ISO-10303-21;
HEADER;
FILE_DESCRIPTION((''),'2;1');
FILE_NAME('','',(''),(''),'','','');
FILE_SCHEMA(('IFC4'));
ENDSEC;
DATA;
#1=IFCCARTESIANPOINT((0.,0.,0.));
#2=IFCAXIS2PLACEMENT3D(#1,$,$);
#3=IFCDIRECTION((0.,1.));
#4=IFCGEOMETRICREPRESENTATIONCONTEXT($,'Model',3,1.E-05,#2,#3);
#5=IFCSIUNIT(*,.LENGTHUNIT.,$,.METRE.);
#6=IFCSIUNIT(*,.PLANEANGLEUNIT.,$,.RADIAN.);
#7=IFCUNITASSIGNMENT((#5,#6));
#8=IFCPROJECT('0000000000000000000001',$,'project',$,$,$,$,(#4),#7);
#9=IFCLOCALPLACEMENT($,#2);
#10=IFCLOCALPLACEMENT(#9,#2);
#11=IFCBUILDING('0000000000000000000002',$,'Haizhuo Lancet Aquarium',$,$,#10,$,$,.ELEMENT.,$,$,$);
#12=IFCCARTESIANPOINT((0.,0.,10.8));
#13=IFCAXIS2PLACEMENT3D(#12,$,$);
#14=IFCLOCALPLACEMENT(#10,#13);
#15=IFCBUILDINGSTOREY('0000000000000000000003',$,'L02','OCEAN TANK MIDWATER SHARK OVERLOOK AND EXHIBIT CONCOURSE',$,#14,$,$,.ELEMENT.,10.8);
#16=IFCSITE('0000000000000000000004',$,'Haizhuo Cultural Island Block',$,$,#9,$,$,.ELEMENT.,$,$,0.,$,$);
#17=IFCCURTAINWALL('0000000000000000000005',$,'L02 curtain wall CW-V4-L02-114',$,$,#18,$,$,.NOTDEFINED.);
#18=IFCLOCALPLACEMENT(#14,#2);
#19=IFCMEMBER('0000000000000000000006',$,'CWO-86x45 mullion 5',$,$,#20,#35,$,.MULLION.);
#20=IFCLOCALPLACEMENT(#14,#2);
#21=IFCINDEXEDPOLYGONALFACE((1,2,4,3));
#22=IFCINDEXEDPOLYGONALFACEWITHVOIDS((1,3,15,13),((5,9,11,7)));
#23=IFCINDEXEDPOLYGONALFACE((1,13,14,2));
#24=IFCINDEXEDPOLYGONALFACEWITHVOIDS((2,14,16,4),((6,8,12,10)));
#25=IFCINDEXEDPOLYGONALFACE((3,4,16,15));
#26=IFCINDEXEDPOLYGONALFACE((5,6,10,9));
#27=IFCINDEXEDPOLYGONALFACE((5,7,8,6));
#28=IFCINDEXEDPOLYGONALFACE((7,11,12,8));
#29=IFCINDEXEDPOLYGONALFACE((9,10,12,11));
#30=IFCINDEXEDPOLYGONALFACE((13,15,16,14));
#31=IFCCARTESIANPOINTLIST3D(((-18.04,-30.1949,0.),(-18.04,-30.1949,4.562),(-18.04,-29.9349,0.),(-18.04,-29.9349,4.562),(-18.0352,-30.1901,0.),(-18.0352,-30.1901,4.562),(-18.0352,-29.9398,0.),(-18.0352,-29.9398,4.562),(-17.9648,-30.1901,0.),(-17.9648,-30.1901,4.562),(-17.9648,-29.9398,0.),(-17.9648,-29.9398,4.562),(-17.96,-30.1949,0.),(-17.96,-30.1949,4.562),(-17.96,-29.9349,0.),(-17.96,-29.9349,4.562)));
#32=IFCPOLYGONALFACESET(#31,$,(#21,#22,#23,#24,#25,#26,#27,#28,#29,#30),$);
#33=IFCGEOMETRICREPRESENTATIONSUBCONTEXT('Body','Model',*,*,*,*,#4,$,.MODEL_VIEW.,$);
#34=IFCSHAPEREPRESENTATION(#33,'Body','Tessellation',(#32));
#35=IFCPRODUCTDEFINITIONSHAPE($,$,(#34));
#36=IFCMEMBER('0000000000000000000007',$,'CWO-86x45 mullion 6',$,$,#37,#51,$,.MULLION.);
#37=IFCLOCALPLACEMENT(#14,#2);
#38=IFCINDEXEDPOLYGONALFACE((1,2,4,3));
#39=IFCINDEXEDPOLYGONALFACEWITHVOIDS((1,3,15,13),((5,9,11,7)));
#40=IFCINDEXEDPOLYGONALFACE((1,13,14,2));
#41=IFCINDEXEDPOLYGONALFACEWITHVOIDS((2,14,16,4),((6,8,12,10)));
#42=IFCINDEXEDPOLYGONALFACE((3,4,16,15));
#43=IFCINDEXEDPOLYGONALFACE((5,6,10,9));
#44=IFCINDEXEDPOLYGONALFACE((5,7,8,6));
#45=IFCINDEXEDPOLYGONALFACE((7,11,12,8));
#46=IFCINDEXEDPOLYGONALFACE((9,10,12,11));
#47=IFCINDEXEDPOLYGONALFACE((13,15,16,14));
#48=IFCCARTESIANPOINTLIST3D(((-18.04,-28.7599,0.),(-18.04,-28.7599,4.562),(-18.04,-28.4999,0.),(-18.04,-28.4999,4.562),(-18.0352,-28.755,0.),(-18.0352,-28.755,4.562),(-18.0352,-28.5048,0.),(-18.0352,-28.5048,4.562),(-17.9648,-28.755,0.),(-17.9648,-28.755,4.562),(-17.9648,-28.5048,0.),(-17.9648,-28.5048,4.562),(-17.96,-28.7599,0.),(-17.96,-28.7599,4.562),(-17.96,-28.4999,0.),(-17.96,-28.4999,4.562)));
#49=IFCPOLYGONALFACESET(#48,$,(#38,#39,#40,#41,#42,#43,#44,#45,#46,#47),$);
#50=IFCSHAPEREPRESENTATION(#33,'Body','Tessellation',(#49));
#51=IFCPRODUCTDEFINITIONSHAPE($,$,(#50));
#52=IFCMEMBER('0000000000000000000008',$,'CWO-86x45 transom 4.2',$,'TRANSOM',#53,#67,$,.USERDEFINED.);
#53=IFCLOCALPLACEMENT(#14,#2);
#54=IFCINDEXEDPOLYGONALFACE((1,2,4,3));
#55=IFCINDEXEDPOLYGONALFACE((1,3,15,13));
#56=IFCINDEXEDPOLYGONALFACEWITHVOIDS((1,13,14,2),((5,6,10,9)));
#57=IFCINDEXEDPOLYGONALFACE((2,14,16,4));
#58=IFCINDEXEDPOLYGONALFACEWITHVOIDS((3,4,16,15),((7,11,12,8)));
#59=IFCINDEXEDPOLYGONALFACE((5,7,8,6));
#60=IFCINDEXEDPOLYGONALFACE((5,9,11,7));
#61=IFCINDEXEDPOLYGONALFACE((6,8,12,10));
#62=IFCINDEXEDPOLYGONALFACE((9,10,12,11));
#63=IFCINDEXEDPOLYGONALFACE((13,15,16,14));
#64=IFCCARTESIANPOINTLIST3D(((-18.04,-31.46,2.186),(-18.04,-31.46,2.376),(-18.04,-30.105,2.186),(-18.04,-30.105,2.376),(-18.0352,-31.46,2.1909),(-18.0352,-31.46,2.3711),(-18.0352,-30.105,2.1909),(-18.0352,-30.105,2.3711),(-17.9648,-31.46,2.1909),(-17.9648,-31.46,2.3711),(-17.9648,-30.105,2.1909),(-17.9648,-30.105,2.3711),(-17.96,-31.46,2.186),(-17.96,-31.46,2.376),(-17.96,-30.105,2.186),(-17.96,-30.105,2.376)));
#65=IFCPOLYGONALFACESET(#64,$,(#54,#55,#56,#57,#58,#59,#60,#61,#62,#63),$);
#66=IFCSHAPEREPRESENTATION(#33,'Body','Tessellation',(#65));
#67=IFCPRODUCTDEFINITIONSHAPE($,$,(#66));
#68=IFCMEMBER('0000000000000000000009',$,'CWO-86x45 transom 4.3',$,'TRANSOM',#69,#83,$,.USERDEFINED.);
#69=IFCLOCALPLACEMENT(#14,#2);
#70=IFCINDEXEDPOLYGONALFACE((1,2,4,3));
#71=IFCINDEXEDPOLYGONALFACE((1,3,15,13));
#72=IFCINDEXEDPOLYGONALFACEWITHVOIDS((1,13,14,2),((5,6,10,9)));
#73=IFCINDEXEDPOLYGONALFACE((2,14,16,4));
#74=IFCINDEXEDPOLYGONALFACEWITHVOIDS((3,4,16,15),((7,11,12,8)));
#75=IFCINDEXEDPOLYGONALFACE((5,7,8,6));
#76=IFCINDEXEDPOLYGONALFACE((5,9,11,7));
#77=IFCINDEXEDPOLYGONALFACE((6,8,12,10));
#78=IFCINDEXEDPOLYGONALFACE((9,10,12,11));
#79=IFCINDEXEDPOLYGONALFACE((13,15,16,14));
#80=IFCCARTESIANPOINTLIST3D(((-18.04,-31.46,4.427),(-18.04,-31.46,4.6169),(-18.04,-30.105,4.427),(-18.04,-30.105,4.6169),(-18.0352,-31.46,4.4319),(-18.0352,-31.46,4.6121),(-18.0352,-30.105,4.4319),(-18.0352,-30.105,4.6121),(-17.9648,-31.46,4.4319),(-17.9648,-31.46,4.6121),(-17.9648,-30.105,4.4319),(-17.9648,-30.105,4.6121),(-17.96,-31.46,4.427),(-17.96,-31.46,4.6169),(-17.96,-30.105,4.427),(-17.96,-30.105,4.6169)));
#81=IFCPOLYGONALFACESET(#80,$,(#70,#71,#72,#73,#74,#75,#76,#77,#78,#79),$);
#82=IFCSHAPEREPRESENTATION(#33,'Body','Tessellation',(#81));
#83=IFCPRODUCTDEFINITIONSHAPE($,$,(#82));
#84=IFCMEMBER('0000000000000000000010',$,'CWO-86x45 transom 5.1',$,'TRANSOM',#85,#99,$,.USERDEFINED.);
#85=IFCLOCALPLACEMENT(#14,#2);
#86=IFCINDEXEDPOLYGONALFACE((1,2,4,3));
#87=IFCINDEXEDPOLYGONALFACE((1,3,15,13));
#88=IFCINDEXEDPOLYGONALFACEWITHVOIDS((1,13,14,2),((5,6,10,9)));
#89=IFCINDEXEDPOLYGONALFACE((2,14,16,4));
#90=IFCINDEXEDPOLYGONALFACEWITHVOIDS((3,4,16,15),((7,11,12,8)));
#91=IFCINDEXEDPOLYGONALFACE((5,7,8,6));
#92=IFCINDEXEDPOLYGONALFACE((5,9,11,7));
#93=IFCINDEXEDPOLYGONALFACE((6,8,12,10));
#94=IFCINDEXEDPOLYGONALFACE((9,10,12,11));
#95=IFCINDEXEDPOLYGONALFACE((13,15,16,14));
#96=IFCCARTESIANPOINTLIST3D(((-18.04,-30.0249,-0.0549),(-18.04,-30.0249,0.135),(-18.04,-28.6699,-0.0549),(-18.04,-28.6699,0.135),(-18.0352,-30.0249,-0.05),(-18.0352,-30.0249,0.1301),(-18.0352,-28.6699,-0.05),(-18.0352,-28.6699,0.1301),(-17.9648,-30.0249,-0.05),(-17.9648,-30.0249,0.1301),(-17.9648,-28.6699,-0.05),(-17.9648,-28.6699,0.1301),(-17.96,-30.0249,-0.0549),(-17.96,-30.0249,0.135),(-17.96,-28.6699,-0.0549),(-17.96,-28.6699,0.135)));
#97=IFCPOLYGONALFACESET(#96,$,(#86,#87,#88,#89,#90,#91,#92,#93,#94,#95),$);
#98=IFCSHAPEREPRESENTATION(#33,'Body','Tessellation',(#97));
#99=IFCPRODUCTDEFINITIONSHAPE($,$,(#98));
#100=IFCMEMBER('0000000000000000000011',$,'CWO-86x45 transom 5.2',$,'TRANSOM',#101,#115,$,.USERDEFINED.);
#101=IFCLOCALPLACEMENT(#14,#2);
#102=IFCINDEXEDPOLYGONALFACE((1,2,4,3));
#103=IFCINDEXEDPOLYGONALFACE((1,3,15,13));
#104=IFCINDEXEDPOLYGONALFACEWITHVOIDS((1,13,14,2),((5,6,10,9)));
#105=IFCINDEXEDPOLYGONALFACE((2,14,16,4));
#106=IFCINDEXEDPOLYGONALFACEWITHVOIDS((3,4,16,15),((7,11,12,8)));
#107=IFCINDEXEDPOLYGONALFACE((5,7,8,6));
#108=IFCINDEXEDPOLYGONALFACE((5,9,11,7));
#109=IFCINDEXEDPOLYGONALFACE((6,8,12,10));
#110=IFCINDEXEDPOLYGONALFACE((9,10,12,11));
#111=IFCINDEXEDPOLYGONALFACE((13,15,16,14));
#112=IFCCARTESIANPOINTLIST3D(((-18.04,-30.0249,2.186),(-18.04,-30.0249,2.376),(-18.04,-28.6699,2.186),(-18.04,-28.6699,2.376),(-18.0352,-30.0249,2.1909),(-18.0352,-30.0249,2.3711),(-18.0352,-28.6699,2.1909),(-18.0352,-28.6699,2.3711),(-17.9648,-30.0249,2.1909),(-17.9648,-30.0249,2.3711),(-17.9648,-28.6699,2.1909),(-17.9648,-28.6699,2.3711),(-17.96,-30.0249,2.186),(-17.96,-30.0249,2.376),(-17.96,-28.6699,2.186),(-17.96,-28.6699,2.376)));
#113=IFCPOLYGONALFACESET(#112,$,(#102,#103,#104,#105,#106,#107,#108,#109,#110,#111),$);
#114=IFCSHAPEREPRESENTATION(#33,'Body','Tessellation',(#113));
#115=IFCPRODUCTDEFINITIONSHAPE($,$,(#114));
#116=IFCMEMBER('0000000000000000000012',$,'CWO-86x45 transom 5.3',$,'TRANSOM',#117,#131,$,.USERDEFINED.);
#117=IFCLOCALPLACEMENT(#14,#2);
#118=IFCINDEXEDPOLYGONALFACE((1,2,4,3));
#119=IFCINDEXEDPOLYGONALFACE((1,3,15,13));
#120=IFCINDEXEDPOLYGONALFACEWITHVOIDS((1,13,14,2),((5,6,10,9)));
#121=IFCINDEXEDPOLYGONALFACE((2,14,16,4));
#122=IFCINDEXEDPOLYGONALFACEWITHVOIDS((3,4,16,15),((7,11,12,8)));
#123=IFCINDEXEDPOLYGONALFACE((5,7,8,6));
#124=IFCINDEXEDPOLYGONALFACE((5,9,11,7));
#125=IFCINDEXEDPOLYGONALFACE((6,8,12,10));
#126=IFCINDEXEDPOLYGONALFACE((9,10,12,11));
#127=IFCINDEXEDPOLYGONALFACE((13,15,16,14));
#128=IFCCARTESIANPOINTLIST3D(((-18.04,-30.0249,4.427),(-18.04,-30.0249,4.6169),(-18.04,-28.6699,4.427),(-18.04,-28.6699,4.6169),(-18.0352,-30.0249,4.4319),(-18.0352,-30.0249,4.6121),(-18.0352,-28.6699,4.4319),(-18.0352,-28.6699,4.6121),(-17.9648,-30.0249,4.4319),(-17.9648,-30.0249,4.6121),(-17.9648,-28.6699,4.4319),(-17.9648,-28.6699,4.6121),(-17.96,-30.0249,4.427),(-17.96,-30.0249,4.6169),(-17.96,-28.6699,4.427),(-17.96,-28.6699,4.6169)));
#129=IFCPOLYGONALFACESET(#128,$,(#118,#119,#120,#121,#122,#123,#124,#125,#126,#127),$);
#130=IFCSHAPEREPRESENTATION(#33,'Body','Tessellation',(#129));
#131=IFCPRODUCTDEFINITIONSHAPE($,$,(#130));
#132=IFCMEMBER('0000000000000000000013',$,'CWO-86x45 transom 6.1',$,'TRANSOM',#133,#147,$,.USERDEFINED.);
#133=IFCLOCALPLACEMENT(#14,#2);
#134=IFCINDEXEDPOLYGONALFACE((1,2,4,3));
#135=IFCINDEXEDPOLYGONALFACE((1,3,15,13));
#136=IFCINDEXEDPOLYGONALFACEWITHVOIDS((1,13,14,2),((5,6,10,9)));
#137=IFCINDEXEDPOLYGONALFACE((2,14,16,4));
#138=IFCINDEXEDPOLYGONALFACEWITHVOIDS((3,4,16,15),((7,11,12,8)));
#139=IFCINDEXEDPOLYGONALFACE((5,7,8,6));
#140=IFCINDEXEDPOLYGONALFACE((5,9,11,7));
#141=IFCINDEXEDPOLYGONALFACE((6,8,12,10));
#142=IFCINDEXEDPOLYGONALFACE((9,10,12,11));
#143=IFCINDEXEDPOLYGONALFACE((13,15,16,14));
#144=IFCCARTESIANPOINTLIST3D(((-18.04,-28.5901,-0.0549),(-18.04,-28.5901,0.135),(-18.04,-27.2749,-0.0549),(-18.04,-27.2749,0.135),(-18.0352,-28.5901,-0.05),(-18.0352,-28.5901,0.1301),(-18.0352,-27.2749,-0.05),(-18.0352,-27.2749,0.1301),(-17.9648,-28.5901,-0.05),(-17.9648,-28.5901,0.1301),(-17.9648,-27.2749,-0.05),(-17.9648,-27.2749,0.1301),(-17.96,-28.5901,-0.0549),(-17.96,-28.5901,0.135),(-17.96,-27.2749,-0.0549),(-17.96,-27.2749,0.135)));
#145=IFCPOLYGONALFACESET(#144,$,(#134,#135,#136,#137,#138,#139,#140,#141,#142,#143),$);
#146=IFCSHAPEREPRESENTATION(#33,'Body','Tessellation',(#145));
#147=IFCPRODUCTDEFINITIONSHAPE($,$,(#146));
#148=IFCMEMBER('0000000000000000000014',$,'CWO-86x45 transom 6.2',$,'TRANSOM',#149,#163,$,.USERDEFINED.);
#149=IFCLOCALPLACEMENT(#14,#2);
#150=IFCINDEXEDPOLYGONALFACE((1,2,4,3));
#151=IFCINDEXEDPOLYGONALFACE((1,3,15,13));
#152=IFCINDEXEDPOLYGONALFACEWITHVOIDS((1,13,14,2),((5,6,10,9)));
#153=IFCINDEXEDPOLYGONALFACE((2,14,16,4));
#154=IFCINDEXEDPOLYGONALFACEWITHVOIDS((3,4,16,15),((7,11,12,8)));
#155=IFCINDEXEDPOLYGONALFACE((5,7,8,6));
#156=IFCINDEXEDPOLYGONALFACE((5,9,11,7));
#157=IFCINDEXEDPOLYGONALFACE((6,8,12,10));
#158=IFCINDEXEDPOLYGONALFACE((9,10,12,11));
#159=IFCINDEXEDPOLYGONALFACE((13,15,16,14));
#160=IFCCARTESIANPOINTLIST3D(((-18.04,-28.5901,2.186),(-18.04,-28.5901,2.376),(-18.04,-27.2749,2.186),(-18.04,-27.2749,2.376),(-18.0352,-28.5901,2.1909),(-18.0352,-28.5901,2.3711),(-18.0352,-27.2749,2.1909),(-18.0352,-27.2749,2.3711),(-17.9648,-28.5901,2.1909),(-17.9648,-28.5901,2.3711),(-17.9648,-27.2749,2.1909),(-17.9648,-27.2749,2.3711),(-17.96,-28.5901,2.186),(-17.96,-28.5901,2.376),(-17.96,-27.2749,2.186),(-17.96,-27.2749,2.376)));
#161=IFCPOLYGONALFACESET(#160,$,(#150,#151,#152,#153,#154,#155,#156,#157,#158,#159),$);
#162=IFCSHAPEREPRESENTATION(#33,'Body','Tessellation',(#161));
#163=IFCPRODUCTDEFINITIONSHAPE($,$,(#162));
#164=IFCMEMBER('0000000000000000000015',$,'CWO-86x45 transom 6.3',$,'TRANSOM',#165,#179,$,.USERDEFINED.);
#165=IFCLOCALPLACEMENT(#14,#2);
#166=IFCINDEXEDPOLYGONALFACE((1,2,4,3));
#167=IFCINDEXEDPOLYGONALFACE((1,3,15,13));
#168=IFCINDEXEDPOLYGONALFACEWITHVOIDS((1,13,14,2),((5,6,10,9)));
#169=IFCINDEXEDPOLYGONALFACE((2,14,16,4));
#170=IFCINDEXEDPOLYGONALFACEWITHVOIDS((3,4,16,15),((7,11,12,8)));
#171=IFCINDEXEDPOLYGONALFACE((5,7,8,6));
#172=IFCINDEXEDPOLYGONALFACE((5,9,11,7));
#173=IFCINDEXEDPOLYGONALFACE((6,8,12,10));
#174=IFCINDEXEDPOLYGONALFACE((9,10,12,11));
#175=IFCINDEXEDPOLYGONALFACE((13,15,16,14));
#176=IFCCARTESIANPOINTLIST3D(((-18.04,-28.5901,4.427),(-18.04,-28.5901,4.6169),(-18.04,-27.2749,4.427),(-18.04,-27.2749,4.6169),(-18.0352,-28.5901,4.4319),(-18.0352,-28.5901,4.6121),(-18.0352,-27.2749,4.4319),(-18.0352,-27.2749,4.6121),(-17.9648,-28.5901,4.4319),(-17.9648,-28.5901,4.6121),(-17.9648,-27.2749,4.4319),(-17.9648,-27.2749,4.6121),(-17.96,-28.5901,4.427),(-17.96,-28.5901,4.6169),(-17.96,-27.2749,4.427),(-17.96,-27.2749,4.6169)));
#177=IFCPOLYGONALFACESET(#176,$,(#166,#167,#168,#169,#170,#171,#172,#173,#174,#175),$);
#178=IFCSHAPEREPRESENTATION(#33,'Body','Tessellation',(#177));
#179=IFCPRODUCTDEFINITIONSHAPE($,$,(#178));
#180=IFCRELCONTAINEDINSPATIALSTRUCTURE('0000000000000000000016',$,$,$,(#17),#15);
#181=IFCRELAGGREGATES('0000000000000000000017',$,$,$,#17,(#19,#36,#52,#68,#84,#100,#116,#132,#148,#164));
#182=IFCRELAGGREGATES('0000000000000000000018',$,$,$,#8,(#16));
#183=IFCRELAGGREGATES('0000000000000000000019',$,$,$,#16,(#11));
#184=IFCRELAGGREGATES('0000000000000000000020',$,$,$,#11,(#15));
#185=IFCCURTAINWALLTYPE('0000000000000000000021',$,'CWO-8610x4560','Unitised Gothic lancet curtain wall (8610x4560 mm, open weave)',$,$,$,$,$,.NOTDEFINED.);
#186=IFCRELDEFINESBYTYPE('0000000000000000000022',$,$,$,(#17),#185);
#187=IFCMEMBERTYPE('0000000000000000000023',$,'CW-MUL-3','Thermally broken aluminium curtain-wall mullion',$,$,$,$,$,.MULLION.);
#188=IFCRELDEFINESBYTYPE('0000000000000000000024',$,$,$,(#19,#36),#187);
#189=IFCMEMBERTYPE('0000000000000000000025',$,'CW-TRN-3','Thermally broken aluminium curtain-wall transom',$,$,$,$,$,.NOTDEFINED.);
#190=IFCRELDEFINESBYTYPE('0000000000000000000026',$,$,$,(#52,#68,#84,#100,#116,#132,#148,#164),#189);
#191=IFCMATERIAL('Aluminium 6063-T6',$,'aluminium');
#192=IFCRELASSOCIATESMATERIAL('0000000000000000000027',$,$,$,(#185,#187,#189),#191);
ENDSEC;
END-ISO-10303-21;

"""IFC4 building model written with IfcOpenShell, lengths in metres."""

from ifc_helpers import new_model, si_unit, direction, frame, origin, origin_2d, place, context, subcontext, project, spatial, hollow_rectangle, extrude, material, material_profile, profile_set, type_object, element, aggregate, save


model = new_model("IFC4")

# Units and contexts
model_context = context("Model", 3, precision=1e-05, world=origin(), true_north=direction((0.0, 1.0)))
body_context = subcontext(model_context, "Body", "Model", "MODEL_VIEW")
ifc_project = project(units=[si_unit("LENGTHUNIT", "METRE"), si_unit("PLANEANGLEUNIT", "RADIAN")], contexts=[model_context])

# Site, building, storey
site_placement = place(None, origin())
site = spatial("IfcSite", under=ifc_project, at=site_placement, Name="Haizhuo Cultural Island Block", CompositionType="ELEMENT", RefElevation=0.0)
building_placement = place(site_placement, origin())
building = spatial("IfcBuilding", under=site, at=building_placement, Name="Haizhuo Lancet Aquarium", CompositionType="ELEMENT")
storey_placement = place(building_placement, frame((0.0, 0.0, 10.8)))
storey = spatial("IfcBuildingStorey", under=building, at=storey_placement, Name="L02", Description="OCEAN TANK MIDWATER SHARK OVERLOOK AND EXHIBIT CONCOURSE", CompositionType="ELEMENT", Elevation=10.8)

# Curtain wall, members
ifc_material_1 = material(Name="Aluminium 6063-T6", Category="aluminium")
curtain_wall_type = type_object("IfcCurtainWallType", Name="CWO-8610x4560", Description="Unitised Gothic lancet curtain wall (8610x4560 mm, open weave)", PredefinedType="NOTDEFINED", material=ifc_material_1)
curtain_wall_placement = place(storey_placement, origin())
curtain_wall = element("IfcCurtainWall", 1, at=curtain_wall_placement, inside=storey, type_object=curtain_wall_type, Name="L02 curtain wall CW-V4-L02-114", PredefinedType="NOTDEFINED")
ifc_material_profile_1 = material_profile(ifc_material_1, hollow_rectangle(XDim=0.0801, YDim=0.26, WallThickness=0.0049, at=origin_2d()), Name="ALU-M 80x260x5")
ifc_profile_set_1 = profile_set([ifc_material_profile_1], Name="Aluminium 6063-T6")
member_type_1 = type_object("IfcMemberType", Name="CW-MUL-3", Description="Thermally broken aluminium curtain-wall mullion", PredefinedType="MULLION", material=ifc_profile_set_1)
member_1_placement = place(storey_placement, frame((-18.0, -30.0649, 0.0), z_axis=(0.0, 0.0, 1.0), x_axis=(-1.0, 0.0, 0.0)))
member_1 = element("IfcMember", 2, at=member_1_placement, type_object=member_type_1, Name="CWO-86x45 mullion 5", PredefinedType="MULLION", context=body_context, shape_type="SweptSolid", body=[
    extrude(hollow_rectangle(XDim=0.0801, YDim=0.26, WallThickness=0.0049, at=origin_2d()), origin(), (0.0, 0.0, 1.0), 4.562),
])
member_2_placement = place(storey_placement, frame((-18.0, -28.6299, 0.0), z_axis=(0.0, 0.0, 1.0), x_axis=(-1.0, 0.0, 0.0)))
member_2 = element("IfcMember", 3, at=member_2_placement, type_object=member_type_1, Name="CWO-86x45 mullion 6", PredefinedType="MULLION", context=body_context, shape_type="SweptSolid", body=[
    extrude(hollow_rectangle(XDim=0.0801, YDim=0.26, WallThickness=0.0049, at=origin_2d()), origin(), (0.0, 0.0, 1.0), 4.562),
])
ifc_material_profile_2 = material_profile(ifc_material_1, hollow_rectangle(XDim=0.0801, YDim=0.1899, WallThickness=0.0049, at=origin_2d()), Name="ALU-T 80x190x5")
ifc_profile_set_2 = profile_set([ifc_material_profile_2], Name="Aluminium 6063-T6")
member_type_2 = type_object("IfcMemberType", Name="CW-TRN-3", Description="Thermally broken aluminium curtain-wall transom", PredefinedType="NOTDEFINED", material=ifc_profile_set_2)
member_3_placement = place(storey_placement, frame((-18.0, -31.46, 2.281), z_axis=(0.0, 1.0, 0.0), x_axis=(-1.0, 0.0, 0.0)))
member_3 = element("IfcMember", 4, at=member_3_placement, type_object=member_type_2, Name="CWO-86x45 transom 4.2", ObjectType="TRANSOM", PredefinedType="USERDEFINED", context=body_context, shape_type="SweptSolid", body=[
    extrude(hollow_rectangle(XDim=0.0801, YDim=0.1899, WallThickness=0.0049, at=origin_2d()), origin(), (0.0, 0.0, 1.0), 1.355),
])
member_4_placement = place(storey_placement, frame((-18.0, -31.46, 4.522), z_axis=(0.0, 1.0, 0.0), x_axis=(-1.0, 0.0, 0.0)))
member_4 = element("IfcMember", 5, at=member_4_placement, type_object=member_type_2, Name="CWO-86x45 transom 4.3", ObjectType="TRANSOM", PredefinedType="USERDEFINED", context=body_context, shape_type="SweptSolid", body=[
    extrude(hollow_rectangle(XDim=0.0801, YDim=0.1899, WallThickness=0.0049, at=origin_2d()), origin(), (0.0, 0.0, 1.0), 1.355),
])
member_5_placement = place(storey_placement, frame((-18.0, -30.0249, 0.04), z_axis=(0.0, 1.0, 0.0), x_axis=(-1.0, 0.0, 0.0)))
member_5 = element("IfcMember", 6, at=member_5_placement, type_object=member_type_2, Name="CWO-86x45 transom 5.1", ObjectType="TRANSOM", PredefinedType="USERDEFINED", context=body_context, shape_type="SweptSolid", body=[
    extrude(hollow_rectangle(XDim=0.0801, YDim=0.1899, WallThickness=0.0049, at=origin_2d()), origin(), (0.0, 0.0, 1.0), 1.355),
])
member_6_placement = place(storey_placement, frame((-18.0, -30.0249, 2.281), z_axis=(0.0, 1.0, 0.0), x_axis=(-1.0, 0.0, 0.0)))
member_6 = element("IfcMember", 7, at=member_6_placement, type_object=member_type_2, Name="CWO-86x45 transom 5.2", ObjectType="TRANSOM", PredefinedType="USERDEFINED", context=body_context, shape_type="SweptSolid", body=[
    extrude(hollow_rectangle(XDim=0.0801, YDim=0.1899, WallThickness=0.0049, at=origin_2d()), origin(), (0.0, 0.0, 1.0), 1.355),
])
member_7_placement = place(storey_placement, frame((-18.0, -30.0249, 4.522), z_axis=(0.0, 1.0, 0.0), x_axis=(-1.0, 0.0, 0.0)))
member_7 = element("IfcMember", 8, at=member_7_placement, type_object=member_type_2, Name="CWO-86x45 transom 5.3", ObjectType="TRANSOM", PredefinedType="USERDEFINED", context=body_context, shape_type="SweptSolid", body=[
    extrude(hollow_rectangle(XDim=0.0801, YDim=0.1899, WallThickness=0.0049, at=origin_2d()), origin(), (0.0, 0.0, 1.0), 1.355),
])
member_8_placement = place(storey_placement, frame((-18.0, -28.5901, 0.04), z_axis=(0.0, 1.0, 0.0), x_axis=(-1.0, 0.0, 0.0)))
member_8 = element("IfcMember", 9, at=member_8_placement, type_object=member_type_2, Name="CWO-86x45 transom 6.1", ObjectType="TRANSOM", PredefinedType="USERDEFINED", context=body_context, shape_type="SweptSolid", body=[
    extrude(hollow_rectangle(XDim=0.0801, YDim=0.1899, WallThickness=0.0049, at=origin_2d()), origin(), (0.0, 0.0, 1.0), 1.3152),
])
member_9_placement = place(storey_placement, frame((-18.0, -28.5901, 2.281), z_axis=(0.0, 1.0, 0.0), x_axis=(-1.0, 0.0, 0.0)))
member_9 = element("IfcMember", 10, at=member_9_placement, type_object=member_type_2, Name="CWO-86x45 transom 6.2", ObjectType="TRANSOM", PredefinedType="USERDEFINED", context=body_context, shape_type="SweptSolid", body=[
    extrude(hollow_rectangle(XDim=0.0801, YDim=0.1899, WallThickness=0.0049, at=origin_2d()), origin(), (0.0, 0.0, 1.0), 1.3152),
])
member_10_placement = place(storey_placement, frame((-18.0, -28.5901, 4.522), z_axis=(0.0, 1.0, 0.0), x_axis=(-1.0, 0.0, 0.0)))
member_10 = element("IfcMember", 11, at=member_10_placement, type_object=member_type_2, Name="CWO-86x45 transom 6.3", ObjectType="TRANSOM", PredefinedType="USERDEFINED", context=body_context, shape_type="SweptSolid", body=[
    extrude(hollow_rectangle(XDim=0.0801, YDim=0.1899, WallThickness=0.0049, at=origin_2d()), origin(), (0.0, 0.0, 1.0), 1.3152),
])

aggregate(curtain_wall, [member_1, member_2, member_3, member_4, member_5, member_6, member_7, member_8, member_9, member_10])

save(model, "model.ifc")
